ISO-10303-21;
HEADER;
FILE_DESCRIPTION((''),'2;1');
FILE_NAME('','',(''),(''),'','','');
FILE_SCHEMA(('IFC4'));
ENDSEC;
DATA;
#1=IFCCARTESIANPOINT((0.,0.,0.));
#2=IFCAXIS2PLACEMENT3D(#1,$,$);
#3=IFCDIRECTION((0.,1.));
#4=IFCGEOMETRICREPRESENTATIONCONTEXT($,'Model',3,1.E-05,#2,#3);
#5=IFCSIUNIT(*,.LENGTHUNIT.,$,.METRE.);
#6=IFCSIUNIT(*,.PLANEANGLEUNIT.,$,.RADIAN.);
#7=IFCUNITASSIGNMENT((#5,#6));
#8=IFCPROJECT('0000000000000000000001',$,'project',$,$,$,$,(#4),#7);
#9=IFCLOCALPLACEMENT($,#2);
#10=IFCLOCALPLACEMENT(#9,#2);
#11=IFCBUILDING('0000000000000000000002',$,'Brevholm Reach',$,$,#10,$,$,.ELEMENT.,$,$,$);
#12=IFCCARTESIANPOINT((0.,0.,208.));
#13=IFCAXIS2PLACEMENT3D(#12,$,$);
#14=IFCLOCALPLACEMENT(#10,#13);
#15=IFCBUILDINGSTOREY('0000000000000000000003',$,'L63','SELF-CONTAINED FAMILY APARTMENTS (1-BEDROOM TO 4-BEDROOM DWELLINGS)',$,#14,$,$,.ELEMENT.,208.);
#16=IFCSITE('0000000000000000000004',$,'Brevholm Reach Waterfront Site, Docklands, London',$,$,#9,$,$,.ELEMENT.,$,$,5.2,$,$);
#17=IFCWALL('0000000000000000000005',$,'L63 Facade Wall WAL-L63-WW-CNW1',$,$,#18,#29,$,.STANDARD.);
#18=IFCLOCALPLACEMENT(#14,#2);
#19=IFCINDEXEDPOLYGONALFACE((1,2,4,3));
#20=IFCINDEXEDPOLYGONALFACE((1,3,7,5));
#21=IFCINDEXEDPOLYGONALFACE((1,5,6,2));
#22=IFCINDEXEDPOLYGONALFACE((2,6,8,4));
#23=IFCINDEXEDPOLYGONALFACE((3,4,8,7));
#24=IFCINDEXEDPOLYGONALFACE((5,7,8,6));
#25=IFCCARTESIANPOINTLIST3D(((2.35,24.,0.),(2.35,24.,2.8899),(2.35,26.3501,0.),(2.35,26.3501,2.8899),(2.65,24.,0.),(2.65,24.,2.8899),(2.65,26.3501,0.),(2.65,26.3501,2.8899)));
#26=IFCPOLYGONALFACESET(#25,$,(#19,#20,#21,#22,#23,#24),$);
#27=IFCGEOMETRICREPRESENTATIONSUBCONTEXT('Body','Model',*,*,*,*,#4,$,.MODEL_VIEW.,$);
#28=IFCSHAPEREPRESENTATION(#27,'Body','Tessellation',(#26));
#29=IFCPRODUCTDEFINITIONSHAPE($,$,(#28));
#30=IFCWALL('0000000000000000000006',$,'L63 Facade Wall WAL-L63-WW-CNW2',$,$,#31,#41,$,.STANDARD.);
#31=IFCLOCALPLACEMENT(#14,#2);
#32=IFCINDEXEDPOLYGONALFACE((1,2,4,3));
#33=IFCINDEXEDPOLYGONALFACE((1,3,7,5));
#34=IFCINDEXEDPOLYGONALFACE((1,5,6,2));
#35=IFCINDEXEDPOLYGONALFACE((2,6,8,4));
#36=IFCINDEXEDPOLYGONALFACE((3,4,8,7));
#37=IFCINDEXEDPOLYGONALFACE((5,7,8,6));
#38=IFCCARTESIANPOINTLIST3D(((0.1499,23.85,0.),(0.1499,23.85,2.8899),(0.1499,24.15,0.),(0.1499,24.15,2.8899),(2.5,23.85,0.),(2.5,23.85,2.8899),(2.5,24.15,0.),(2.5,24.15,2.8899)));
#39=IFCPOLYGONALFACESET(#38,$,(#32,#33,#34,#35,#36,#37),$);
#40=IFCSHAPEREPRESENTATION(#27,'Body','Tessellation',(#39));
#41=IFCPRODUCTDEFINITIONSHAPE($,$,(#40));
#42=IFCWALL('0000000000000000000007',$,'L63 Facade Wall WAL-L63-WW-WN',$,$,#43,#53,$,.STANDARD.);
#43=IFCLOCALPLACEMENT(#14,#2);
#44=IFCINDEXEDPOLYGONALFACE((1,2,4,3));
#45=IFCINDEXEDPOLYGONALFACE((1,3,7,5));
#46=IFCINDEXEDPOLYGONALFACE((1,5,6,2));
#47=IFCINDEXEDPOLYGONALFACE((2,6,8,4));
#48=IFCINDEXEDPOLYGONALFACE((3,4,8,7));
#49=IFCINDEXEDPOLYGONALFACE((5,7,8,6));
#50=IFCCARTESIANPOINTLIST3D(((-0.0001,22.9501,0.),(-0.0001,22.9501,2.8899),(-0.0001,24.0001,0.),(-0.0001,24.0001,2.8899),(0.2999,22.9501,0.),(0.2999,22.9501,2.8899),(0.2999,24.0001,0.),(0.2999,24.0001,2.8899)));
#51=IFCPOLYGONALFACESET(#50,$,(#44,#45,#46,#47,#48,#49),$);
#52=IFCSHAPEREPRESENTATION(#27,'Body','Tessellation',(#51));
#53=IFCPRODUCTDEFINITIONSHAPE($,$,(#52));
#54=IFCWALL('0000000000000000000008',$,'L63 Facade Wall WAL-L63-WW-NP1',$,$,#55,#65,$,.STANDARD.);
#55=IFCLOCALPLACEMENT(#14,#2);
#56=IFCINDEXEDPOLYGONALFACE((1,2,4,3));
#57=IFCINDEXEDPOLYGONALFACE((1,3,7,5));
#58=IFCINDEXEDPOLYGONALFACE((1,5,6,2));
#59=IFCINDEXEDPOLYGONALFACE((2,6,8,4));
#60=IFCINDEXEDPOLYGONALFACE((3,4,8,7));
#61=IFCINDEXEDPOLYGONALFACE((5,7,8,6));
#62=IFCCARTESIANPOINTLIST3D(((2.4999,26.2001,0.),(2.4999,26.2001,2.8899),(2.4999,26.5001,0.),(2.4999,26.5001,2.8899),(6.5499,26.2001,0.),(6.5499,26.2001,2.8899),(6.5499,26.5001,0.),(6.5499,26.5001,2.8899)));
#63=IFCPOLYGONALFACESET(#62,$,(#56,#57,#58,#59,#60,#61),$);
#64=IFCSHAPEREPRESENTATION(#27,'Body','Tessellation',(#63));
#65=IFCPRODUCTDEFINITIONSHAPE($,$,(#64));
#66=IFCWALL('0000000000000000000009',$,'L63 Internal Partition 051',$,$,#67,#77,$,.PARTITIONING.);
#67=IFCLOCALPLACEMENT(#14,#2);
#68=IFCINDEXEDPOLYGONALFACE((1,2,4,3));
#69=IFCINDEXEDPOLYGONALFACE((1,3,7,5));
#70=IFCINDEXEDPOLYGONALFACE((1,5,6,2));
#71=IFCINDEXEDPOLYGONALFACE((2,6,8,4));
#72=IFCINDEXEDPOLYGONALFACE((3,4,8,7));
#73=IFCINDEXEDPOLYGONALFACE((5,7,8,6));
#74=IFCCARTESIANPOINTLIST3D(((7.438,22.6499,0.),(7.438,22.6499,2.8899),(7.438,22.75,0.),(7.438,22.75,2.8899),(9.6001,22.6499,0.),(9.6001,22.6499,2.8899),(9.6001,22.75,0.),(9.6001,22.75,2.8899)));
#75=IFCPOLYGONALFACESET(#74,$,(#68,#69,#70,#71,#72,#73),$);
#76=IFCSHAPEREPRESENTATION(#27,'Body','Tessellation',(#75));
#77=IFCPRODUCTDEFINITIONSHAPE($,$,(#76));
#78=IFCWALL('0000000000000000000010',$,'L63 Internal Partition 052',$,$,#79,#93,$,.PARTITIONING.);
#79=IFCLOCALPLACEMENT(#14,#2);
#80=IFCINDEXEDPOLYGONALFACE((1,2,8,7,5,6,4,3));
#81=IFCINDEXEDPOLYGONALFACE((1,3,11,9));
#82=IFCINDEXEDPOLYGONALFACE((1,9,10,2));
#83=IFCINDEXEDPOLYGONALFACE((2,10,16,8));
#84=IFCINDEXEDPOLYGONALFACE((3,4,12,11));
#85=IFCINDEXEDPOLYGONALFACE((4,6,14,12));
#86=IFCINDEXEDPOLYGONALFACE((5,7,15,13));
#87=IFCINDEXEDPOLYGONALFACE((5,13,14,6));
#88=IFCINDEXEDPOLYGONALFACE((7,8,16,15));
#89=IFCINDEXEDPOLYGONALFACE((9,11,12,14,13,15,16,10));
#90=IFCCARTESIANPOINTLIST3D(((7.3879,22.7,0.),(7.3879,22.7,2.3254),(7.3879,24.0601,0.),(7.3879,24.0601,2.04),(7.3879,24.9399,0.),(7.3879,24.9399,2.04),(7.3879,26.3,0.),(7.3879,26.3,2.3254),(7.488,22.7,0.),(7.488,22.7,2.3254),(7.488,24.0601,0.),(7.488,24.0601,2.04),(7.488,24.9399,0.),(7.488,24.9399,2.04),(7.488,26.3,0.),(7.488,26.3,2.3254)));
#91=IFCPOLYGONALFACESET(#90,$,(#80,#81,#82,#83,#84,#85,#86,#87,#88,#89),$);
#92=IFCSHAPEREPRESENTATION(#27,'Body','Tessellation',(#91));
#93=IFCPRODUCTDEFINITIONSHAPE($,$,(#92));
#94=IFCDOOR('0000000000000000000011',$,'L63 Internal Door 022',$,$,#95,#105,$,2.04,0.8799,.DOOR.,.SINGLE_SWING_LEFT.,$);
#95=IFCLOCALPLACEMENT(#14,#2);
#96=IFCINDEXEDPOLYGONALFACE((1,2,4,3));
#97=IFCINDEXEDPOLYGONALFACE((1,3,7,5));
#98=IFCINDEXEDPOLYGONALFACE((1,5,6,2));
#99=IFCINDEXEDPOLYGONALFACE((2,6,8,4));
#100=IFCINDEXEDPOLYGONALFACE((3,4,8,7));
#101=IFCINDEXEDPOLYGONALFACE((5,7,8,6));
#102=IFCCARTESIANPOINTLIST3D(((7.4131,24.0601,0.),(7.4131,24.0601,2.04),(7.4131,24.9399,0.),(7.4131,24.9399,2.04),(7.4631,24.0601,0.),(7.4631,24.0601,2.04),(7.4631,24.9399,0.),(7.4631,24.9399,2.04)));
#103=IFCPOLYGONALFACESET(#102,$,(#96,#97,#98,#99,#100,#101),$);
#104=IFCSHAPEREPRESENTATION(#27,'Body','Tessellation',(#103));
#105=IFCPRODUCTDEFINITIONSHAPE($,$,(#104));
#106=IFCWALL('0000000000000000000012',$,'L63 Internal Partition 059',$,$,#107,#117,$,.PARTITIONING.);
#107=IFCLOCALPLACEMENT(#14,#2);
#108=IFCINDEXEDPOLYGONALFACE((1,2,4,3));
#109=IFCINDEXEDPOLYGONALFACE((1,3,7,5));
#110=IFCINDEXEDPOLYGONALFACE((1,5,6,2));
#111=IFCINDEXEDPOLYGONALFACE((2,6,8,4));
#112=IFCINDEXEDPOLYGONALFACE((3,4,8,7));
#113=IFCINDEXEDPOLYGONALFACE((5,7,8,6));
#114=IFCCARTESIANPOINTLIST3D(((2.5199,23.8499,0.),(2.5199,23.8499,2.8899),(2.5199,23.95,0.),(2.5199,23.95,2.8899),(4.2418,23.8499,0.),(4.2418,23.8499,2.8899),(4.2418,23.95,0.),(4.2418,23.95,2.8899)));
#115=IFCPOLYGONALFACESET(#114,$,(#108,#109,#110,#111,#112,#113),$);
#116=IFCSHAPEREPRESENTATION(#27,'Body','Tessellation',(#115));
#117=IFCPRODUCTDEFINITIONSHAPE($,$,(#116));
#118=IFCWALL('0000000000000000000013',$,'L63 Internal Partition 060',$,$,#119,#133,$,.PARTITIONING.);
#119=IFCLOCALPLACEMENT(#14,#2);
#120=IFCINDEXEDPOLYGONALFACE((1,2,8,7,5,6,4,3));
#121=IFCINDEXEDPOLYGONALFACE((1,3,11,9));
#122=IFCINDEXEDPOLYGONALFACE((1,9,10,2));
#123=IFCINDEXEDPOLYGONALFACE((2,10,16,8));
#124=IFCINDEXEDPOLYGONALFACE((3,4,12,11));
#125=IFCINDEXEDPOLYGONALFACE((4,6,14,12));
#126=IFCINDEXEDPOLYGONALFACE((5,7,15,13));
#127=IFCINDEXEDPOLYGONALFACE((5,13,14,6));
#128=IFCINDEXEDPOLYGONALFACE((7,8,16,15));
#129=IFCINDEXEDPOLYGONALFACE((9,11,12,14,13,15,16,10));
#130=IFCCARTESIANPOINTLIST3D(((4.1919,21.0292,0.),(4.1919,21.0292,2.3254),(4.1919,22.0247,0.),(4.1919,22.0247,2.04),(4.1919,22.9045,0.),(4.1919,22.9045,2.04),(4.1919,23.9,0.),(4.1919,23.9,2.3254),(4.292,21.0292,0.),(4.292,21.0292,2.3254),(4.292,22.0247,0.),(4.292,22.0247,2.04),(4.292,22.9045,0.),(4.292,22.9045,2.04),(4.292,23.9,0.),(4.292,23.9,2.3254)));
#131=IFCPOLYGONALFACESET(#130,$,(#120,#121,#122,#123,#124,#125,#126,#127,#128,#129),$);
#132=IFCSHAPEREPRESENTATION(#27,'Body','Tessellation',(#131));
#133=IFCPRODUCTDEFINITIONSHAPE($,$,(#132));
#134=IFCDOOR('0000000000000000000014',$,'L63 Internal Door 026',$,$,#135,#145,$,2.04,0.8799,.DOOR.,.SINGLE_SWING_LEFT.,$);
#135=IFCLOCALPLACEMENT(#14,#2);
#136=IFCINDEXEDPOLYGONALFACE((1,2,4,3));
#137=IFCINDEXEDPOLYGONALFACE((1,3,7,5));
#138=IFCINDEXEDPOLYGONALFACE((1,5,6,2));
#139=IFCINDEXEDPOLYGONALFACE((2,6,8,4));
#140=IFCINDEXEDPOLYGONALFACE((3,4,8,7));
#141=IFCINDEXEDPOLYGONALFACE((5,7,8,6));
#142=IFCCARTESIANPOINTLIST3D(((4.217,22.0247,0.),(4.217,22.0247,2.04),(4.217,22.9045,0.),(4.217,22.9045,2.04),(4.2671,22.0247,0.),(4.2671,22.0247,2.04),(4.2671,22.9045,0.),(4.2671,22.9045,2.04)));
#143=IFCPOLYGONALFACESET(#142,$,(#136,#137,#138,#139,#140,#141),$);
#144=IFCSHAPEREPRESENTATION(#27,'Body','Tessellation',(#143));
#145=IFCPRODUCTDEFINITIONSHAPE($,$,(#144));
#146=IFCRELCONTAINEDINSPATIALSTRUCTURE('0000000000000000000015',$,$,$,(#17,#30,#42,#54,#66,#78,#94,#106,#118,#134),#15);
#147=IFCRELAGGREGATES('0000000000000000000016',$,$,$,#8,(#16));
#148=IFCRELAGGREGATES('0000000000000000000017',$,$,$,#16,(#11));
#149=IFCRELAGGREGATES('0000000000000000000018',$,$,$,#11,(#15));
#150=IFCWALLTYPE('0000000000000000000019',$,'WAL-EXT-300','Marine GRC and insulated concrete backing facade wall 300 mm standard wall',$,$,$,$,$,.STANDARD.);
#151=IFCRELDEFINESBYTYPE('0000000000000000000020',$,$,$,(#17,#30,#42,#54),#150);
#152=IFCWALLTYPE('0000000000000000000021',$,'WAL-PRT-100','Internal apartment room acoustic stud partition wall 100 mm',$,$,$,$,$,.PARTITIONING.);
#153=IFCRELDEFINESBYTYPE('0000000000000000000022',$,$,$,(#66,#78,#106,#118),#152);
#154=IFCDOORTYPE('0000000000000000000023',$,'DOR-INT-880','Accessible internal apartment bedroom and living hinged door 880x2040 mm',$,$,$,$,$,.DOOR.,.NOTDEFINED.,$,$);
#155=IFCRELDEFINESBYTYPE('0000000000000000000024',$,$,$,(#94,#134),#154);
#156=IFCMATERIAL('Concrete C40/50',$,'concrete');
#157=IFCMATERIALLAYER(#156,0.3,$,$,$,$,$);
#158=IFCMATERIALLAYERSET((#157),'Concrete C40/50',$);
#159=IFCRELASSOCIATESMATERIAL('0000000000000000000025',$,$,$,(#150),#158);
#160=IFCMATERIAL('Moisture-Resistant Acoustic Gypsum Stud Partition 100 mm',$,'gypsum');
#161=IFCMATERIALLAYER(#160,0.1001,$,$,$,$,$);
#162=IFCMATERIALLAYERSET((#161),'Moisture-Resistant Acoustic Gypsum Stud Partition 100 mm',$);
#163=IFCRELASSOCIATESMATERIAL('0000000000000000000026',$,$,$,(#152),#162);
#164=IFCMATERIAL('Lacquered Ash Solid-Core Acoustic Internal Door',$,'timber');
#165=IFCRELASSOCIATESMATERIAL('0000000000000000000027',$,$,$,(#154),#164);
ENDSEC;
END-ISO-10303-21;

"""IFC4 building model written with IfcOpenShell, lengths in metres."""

from ifc_helpers import new_model, si_unit, direction, frame, frame_2d, origin, place, context, subcontext, project, spatial, rectangle, extrude, material, layer, layer_set, type_object, element, fill, save


model = new_model("IFC4")

# Units and contexts
model_context = context("Model", 3, precision=1e-05, world=origin(), true_north=direction((0.0, 1.0)))
body_context = subcontext(model_context, "Body", "Model", "MODEL_VIEW")
ifc_project = project(units=[si_unit("LENGTHUNIT", "METRE"), si_unit("PLANEANGLEUNIT", "RADIAN")], contexts=[model_context])

# Site, building, storey
site_placement = place(None, origin())
site = spatial("IfcSite", under=ifc_project, at=site_placement, Name="Brevholm Reach Waterfront Site, Docklands, London", CompositionType="ELEMENT", RefElevation=5.2)
building_placement = place(site_placement, origin())
building = spatial("IfcBuilding", under=site, at=building_placement, Name="Brevholm Reach", CompositionType="ELEMENT")
storey_placement = place(building_placement, frame((0.0, 0.0, 208.0)))
storey = spatial("IfcBuildingStorey", under=building, at=storey_placement, Name="L63", Description="SELF-CONTAINED FAMILY APARTMENTS (1-BEDROOM TO 4-BEDROOM DWELLINGS)", CompositionType="ELEMENT", Elevation=208.0)

# Walls
ifc_material_1 = material(Name="Concrete C40/50", Category="concrete")
ifc_layer_1 = layer(ifc_material_1, 0.3)
ifc_layer_set_1 = layer_set([ifc_layer_1], Name="Concrete C40/50")
wall_type_1 = type_object("IfcWallType", Name="WAL-EXT-300", Description="Marine GRC and insulated concrete backing facade wall 300 mm standard wall", PredefinedType="STANDARD", material=ifc_layer_set_1)
for number, where, z_axis, x_axis, name in (
    (1, (2.5, 26.3501, 0.0), (0.0, 0.0, 1.0), (0.0, -1.0, 0.0), "L63 Facade Wall WAL-L63-WW-CNW1"),
    (2, (2.5, 24.0, 0.0), (0.0, 0.0, 1.0), (-1.0, 0.0, 0.0), "L63 Facade Wall WAL-L63-WW-CNW2"),
):
    element("IfcWall", number, at=place(storey_placement, frame(where, z_axis=z_axis, x_axis=x_axis)), inside=storey, type_object=wall_type_1, Name=name, PredefinedType="STANDARD", context=body_context, shape_type="SweptSolid", body=[
        extrude(rectangle(XDim=2.3501, YDim=0.3, at=frame_2d((1.175, 0.0))), origin(), (0.0, 0.0, 1.0), 2.8899),
    ])
wall_1_placement = place(storey_placement, frame((0.1499, 24.0, 0.0), z_axis=(0.0, 0.0, 1.0), x_axis=(0.0, -1.0, 0.0)))
element("IfcWall", 3, at=wall_1_placement, inside=storey, type_object=wall_type_1, Name="L63 Facade Wall WAL-L63-WW-WN", PredefinedType="STANDARD", context=body_context, shape_type="SweptSolid", body=[
    extrude(rectangle(XDim=1.05, YDim=0.3, at=frame_2d((0.5249, 0.0))), origin(), (0.0, 0.0, 1.0), 2.8899),
])
wall_2_placement = place(storey_placement, frame((2.5, 26.3501, 0.0), z_axis=(0.0, 0.0, 1.0), x_axis=(1.0, 0.0, 0.0)))
element("IfcWall", 4, at=wall_2_placement, inside=storey, type_object=wall_type_1, Name="L63 Facade Wall WAL-L63-WW-NP1", PredefinedType="STANDARD", context=body_context, shape_type="SweptSolid", body=[
    extrude(rectangle(XDim=4.05, YDim=0.3, at=frame_2d((2.0249, 0.0))), origin(), (0.0, 0.0, 1.0), 2.8899),
])
ifc_material_2 = material(Name="Moisture-Resistant Acoustic Gypsum Stud Partition 100 mm", Category="gypsum")
ifc_layer_2 = layer(ifc_material_2, 0.1001)
ifc_layer_set_2 = layer_set([ifc_layer_2], Name="Moisture-Resistant Acoustic Gypsum Stud Partition 100 mm")
wall_type_2 = type_object("IfcWallType", Name="WAL-PRT-100", Description="Internal apartment room acoustic stud partition wall 100 mm", PredefinedType="PARTITIONING", material=ifc_layer_set_2)
wall_3_placement = place(storey_placement, frame((7.438, 22.7, 0.0), z_axis=(0.0, 0.0, 1.0), x_axis=(1.0, 0.0, 0.0)))
element("IfcWall", 5, at=wall_3_placement, inside=storey, type_object=wall_type_2, Name="L63 Internal Partition 051", PredefinedType="PARTITIONING", context=body_context, shape_type="SweptSolid", body=[
    extrude(rectangle(XDim=2.1621, YDim=0.1001, at=frame_2d((1.0811, 0.0))), origin(), (0.0, 0.0, 1.0), 2.8899),
])

# Wall, opening, door
wall_4_placement = place(storey_placement, frame((7.438, 22.7, 0.0), z_axis=(0.0, 0.0, 1.0), x_axis=(0.0, 1.0, 0.0)))
wall_4 = element("IfcWall", 6, at=wall_4_placement, inside=storey, type_object=wall_type_2, Name="L63 Internal Partition 052", PredefinedType="PARTITIONING", context=body_context, shape_type="SweptSolid", body=[
    extrude(rectangle(XDim=3.6001, YDim=0.1001, at=frame_2d((1.8, 0.0))), origin(), (0.0, 0.0, 1.0), 2.3254),
])
opening_1_placement = place(wall_4_placement, frame((1.3601, 0.0, 0.0)))
opening_1 = element("IfcOpeningElement", 7, at=opening_1_placement, cuts=wall_4, PredefinedType="OPENING", context=body_context, shape_type="SweptSolid", body=[
    extrude(rectangle(XDim=0.8799, YDim=2.04, at=frame_2d((0.4399, 1.02))), frame((0.0, 0.0601, 0.0), z_axis=(0.0, -1.0, 0.0), x_axis=(1.0, 0.0, 0.0)), (0.0, 0.0, 1.0), 0.1201),
])
ifc_material_3 = material(Name="Lacquered Ash Solid-Core Acoustic Internal Door", Category="timber")
door_type = type_object("IfcDoorType", Name="DOR-INT-880", Description="Accessible internal apartment bedroom and living hinged door 880x2040 mm", OperationType="NOTDEFINED", PredefinedType="DOOR", material=ifc_material_3)
door_1_placement = place(opening_1_placement, origin())
door_1 = element("IfcDoor", 8, at=door_1_placement, inside=storey, type_object=door_type, Name="L63 Internal Door 022", OperationType="SINGLE_SWING_LEFT", OverallHeight=2.04, OverallWidth=0.8799, PredefinedType="DOOR", context=body_context, shape_type="SweptSolid", body=[
    extrude(rectangle(XDim=0.8799, YDim=2.04, at=frame_2d((0.4399, 1.02))), frame((0.0, 0.0249, 0.0), z_axis=(0.0, -1.0, 0.0), x_axis=(1.0, 0.0, 0.0)), (0.0, 0.0, 1.0), 0.05),
])
fill(opening_1, door_1)

# Wall
wall_5_placement = place(storey_placement, frame((2.52, 23.8999, 0.0), z_axis=(0.0, 0.0, 1.0), x_axis=(1.0, 0.0, 0.0)))
element("IfcWall", 9, at=wall_5_placement, inside=storey, type_object=wall_type_2, Name="L63 Internal Partition 059", PredefinedType="PARTITIONING", context=body_context, shape_type="SweptSolid", body=[
    extrude(rectangle(XDim=1.7219, YDim=0.1001, at=frame_2d((0.8608, 0.0))), origin(), (0.0, 0.0, 1.0), 2.8899),
])

# Wall, opening, door
wall_6_placement = place(storey_placement, frame((4.2419, 21.0291, 0.0), z_axis=(0.0, 0.0, 1.0), x_axis=(0.0, 1.0, 0.0)))
wall_6 = element("IfcWall", 10, at=wall_6_placement, inside=storey, type_object=wall_type_2, Name="L63 Internal Partition 060", PredefinedType="PARTITIONING", context=body_context, shape_type="SweptSolid", body=[
    extrude(rectangle(XDim=2.8708, YDim=0.1001, at=frame_2d((1.4355, 0.0))), origin(), (0.0, 0.0, 1.0), 2.3254),
])
opening_2_placement = place(wall_6_placement, frame((0.9956, 0.0, 0.0)))
opening_2 = element("IfcOpeningElement", 11, at=opening_2_placement, cuts=wall_6, PredefinedType="OPENING", context=body_context, shape_type="SweptSolid", body=[
    extrude(rectangle(XDim=0.8799, YDim=2.04, at=frame_2d((0.4399, 1.02))), frame((0.0, 0.0601, 0.0), z_axis=(0.0, -1.0, 0.0), x_axis=(1.0, 0.0, 0.0)), (0.0, 0.0, 1.0), 0.1201),
])
door_2_placement = place(opening_2_placement, origin())
door_2 = element("IfcDoor", 12, at=door_2_placement, inside=storey, type_object=door_type, Name="L63 Internal Door 026", OperationType="SINGLE_SWING_LEFT", OverallHeight=2.04, OverallWidth=0.8799, PredefinedType="DOOR", context=body_context, shape_type="SweptSolid", body=[
    extrude(rectangle(XDim=0.8799, YDim=2.04, at=frame_2d((0.4399, 1.02))), frame((0.0, 0.0249, 0.0), z_axis=(0.0, -1.0, 0.0), x_axis=(1.0, 0.0, 0.0)), (0.0, 0.0, 1.0), 0.05),
])
fill(opening_2, door_2)

save(model, "model.ifc")
